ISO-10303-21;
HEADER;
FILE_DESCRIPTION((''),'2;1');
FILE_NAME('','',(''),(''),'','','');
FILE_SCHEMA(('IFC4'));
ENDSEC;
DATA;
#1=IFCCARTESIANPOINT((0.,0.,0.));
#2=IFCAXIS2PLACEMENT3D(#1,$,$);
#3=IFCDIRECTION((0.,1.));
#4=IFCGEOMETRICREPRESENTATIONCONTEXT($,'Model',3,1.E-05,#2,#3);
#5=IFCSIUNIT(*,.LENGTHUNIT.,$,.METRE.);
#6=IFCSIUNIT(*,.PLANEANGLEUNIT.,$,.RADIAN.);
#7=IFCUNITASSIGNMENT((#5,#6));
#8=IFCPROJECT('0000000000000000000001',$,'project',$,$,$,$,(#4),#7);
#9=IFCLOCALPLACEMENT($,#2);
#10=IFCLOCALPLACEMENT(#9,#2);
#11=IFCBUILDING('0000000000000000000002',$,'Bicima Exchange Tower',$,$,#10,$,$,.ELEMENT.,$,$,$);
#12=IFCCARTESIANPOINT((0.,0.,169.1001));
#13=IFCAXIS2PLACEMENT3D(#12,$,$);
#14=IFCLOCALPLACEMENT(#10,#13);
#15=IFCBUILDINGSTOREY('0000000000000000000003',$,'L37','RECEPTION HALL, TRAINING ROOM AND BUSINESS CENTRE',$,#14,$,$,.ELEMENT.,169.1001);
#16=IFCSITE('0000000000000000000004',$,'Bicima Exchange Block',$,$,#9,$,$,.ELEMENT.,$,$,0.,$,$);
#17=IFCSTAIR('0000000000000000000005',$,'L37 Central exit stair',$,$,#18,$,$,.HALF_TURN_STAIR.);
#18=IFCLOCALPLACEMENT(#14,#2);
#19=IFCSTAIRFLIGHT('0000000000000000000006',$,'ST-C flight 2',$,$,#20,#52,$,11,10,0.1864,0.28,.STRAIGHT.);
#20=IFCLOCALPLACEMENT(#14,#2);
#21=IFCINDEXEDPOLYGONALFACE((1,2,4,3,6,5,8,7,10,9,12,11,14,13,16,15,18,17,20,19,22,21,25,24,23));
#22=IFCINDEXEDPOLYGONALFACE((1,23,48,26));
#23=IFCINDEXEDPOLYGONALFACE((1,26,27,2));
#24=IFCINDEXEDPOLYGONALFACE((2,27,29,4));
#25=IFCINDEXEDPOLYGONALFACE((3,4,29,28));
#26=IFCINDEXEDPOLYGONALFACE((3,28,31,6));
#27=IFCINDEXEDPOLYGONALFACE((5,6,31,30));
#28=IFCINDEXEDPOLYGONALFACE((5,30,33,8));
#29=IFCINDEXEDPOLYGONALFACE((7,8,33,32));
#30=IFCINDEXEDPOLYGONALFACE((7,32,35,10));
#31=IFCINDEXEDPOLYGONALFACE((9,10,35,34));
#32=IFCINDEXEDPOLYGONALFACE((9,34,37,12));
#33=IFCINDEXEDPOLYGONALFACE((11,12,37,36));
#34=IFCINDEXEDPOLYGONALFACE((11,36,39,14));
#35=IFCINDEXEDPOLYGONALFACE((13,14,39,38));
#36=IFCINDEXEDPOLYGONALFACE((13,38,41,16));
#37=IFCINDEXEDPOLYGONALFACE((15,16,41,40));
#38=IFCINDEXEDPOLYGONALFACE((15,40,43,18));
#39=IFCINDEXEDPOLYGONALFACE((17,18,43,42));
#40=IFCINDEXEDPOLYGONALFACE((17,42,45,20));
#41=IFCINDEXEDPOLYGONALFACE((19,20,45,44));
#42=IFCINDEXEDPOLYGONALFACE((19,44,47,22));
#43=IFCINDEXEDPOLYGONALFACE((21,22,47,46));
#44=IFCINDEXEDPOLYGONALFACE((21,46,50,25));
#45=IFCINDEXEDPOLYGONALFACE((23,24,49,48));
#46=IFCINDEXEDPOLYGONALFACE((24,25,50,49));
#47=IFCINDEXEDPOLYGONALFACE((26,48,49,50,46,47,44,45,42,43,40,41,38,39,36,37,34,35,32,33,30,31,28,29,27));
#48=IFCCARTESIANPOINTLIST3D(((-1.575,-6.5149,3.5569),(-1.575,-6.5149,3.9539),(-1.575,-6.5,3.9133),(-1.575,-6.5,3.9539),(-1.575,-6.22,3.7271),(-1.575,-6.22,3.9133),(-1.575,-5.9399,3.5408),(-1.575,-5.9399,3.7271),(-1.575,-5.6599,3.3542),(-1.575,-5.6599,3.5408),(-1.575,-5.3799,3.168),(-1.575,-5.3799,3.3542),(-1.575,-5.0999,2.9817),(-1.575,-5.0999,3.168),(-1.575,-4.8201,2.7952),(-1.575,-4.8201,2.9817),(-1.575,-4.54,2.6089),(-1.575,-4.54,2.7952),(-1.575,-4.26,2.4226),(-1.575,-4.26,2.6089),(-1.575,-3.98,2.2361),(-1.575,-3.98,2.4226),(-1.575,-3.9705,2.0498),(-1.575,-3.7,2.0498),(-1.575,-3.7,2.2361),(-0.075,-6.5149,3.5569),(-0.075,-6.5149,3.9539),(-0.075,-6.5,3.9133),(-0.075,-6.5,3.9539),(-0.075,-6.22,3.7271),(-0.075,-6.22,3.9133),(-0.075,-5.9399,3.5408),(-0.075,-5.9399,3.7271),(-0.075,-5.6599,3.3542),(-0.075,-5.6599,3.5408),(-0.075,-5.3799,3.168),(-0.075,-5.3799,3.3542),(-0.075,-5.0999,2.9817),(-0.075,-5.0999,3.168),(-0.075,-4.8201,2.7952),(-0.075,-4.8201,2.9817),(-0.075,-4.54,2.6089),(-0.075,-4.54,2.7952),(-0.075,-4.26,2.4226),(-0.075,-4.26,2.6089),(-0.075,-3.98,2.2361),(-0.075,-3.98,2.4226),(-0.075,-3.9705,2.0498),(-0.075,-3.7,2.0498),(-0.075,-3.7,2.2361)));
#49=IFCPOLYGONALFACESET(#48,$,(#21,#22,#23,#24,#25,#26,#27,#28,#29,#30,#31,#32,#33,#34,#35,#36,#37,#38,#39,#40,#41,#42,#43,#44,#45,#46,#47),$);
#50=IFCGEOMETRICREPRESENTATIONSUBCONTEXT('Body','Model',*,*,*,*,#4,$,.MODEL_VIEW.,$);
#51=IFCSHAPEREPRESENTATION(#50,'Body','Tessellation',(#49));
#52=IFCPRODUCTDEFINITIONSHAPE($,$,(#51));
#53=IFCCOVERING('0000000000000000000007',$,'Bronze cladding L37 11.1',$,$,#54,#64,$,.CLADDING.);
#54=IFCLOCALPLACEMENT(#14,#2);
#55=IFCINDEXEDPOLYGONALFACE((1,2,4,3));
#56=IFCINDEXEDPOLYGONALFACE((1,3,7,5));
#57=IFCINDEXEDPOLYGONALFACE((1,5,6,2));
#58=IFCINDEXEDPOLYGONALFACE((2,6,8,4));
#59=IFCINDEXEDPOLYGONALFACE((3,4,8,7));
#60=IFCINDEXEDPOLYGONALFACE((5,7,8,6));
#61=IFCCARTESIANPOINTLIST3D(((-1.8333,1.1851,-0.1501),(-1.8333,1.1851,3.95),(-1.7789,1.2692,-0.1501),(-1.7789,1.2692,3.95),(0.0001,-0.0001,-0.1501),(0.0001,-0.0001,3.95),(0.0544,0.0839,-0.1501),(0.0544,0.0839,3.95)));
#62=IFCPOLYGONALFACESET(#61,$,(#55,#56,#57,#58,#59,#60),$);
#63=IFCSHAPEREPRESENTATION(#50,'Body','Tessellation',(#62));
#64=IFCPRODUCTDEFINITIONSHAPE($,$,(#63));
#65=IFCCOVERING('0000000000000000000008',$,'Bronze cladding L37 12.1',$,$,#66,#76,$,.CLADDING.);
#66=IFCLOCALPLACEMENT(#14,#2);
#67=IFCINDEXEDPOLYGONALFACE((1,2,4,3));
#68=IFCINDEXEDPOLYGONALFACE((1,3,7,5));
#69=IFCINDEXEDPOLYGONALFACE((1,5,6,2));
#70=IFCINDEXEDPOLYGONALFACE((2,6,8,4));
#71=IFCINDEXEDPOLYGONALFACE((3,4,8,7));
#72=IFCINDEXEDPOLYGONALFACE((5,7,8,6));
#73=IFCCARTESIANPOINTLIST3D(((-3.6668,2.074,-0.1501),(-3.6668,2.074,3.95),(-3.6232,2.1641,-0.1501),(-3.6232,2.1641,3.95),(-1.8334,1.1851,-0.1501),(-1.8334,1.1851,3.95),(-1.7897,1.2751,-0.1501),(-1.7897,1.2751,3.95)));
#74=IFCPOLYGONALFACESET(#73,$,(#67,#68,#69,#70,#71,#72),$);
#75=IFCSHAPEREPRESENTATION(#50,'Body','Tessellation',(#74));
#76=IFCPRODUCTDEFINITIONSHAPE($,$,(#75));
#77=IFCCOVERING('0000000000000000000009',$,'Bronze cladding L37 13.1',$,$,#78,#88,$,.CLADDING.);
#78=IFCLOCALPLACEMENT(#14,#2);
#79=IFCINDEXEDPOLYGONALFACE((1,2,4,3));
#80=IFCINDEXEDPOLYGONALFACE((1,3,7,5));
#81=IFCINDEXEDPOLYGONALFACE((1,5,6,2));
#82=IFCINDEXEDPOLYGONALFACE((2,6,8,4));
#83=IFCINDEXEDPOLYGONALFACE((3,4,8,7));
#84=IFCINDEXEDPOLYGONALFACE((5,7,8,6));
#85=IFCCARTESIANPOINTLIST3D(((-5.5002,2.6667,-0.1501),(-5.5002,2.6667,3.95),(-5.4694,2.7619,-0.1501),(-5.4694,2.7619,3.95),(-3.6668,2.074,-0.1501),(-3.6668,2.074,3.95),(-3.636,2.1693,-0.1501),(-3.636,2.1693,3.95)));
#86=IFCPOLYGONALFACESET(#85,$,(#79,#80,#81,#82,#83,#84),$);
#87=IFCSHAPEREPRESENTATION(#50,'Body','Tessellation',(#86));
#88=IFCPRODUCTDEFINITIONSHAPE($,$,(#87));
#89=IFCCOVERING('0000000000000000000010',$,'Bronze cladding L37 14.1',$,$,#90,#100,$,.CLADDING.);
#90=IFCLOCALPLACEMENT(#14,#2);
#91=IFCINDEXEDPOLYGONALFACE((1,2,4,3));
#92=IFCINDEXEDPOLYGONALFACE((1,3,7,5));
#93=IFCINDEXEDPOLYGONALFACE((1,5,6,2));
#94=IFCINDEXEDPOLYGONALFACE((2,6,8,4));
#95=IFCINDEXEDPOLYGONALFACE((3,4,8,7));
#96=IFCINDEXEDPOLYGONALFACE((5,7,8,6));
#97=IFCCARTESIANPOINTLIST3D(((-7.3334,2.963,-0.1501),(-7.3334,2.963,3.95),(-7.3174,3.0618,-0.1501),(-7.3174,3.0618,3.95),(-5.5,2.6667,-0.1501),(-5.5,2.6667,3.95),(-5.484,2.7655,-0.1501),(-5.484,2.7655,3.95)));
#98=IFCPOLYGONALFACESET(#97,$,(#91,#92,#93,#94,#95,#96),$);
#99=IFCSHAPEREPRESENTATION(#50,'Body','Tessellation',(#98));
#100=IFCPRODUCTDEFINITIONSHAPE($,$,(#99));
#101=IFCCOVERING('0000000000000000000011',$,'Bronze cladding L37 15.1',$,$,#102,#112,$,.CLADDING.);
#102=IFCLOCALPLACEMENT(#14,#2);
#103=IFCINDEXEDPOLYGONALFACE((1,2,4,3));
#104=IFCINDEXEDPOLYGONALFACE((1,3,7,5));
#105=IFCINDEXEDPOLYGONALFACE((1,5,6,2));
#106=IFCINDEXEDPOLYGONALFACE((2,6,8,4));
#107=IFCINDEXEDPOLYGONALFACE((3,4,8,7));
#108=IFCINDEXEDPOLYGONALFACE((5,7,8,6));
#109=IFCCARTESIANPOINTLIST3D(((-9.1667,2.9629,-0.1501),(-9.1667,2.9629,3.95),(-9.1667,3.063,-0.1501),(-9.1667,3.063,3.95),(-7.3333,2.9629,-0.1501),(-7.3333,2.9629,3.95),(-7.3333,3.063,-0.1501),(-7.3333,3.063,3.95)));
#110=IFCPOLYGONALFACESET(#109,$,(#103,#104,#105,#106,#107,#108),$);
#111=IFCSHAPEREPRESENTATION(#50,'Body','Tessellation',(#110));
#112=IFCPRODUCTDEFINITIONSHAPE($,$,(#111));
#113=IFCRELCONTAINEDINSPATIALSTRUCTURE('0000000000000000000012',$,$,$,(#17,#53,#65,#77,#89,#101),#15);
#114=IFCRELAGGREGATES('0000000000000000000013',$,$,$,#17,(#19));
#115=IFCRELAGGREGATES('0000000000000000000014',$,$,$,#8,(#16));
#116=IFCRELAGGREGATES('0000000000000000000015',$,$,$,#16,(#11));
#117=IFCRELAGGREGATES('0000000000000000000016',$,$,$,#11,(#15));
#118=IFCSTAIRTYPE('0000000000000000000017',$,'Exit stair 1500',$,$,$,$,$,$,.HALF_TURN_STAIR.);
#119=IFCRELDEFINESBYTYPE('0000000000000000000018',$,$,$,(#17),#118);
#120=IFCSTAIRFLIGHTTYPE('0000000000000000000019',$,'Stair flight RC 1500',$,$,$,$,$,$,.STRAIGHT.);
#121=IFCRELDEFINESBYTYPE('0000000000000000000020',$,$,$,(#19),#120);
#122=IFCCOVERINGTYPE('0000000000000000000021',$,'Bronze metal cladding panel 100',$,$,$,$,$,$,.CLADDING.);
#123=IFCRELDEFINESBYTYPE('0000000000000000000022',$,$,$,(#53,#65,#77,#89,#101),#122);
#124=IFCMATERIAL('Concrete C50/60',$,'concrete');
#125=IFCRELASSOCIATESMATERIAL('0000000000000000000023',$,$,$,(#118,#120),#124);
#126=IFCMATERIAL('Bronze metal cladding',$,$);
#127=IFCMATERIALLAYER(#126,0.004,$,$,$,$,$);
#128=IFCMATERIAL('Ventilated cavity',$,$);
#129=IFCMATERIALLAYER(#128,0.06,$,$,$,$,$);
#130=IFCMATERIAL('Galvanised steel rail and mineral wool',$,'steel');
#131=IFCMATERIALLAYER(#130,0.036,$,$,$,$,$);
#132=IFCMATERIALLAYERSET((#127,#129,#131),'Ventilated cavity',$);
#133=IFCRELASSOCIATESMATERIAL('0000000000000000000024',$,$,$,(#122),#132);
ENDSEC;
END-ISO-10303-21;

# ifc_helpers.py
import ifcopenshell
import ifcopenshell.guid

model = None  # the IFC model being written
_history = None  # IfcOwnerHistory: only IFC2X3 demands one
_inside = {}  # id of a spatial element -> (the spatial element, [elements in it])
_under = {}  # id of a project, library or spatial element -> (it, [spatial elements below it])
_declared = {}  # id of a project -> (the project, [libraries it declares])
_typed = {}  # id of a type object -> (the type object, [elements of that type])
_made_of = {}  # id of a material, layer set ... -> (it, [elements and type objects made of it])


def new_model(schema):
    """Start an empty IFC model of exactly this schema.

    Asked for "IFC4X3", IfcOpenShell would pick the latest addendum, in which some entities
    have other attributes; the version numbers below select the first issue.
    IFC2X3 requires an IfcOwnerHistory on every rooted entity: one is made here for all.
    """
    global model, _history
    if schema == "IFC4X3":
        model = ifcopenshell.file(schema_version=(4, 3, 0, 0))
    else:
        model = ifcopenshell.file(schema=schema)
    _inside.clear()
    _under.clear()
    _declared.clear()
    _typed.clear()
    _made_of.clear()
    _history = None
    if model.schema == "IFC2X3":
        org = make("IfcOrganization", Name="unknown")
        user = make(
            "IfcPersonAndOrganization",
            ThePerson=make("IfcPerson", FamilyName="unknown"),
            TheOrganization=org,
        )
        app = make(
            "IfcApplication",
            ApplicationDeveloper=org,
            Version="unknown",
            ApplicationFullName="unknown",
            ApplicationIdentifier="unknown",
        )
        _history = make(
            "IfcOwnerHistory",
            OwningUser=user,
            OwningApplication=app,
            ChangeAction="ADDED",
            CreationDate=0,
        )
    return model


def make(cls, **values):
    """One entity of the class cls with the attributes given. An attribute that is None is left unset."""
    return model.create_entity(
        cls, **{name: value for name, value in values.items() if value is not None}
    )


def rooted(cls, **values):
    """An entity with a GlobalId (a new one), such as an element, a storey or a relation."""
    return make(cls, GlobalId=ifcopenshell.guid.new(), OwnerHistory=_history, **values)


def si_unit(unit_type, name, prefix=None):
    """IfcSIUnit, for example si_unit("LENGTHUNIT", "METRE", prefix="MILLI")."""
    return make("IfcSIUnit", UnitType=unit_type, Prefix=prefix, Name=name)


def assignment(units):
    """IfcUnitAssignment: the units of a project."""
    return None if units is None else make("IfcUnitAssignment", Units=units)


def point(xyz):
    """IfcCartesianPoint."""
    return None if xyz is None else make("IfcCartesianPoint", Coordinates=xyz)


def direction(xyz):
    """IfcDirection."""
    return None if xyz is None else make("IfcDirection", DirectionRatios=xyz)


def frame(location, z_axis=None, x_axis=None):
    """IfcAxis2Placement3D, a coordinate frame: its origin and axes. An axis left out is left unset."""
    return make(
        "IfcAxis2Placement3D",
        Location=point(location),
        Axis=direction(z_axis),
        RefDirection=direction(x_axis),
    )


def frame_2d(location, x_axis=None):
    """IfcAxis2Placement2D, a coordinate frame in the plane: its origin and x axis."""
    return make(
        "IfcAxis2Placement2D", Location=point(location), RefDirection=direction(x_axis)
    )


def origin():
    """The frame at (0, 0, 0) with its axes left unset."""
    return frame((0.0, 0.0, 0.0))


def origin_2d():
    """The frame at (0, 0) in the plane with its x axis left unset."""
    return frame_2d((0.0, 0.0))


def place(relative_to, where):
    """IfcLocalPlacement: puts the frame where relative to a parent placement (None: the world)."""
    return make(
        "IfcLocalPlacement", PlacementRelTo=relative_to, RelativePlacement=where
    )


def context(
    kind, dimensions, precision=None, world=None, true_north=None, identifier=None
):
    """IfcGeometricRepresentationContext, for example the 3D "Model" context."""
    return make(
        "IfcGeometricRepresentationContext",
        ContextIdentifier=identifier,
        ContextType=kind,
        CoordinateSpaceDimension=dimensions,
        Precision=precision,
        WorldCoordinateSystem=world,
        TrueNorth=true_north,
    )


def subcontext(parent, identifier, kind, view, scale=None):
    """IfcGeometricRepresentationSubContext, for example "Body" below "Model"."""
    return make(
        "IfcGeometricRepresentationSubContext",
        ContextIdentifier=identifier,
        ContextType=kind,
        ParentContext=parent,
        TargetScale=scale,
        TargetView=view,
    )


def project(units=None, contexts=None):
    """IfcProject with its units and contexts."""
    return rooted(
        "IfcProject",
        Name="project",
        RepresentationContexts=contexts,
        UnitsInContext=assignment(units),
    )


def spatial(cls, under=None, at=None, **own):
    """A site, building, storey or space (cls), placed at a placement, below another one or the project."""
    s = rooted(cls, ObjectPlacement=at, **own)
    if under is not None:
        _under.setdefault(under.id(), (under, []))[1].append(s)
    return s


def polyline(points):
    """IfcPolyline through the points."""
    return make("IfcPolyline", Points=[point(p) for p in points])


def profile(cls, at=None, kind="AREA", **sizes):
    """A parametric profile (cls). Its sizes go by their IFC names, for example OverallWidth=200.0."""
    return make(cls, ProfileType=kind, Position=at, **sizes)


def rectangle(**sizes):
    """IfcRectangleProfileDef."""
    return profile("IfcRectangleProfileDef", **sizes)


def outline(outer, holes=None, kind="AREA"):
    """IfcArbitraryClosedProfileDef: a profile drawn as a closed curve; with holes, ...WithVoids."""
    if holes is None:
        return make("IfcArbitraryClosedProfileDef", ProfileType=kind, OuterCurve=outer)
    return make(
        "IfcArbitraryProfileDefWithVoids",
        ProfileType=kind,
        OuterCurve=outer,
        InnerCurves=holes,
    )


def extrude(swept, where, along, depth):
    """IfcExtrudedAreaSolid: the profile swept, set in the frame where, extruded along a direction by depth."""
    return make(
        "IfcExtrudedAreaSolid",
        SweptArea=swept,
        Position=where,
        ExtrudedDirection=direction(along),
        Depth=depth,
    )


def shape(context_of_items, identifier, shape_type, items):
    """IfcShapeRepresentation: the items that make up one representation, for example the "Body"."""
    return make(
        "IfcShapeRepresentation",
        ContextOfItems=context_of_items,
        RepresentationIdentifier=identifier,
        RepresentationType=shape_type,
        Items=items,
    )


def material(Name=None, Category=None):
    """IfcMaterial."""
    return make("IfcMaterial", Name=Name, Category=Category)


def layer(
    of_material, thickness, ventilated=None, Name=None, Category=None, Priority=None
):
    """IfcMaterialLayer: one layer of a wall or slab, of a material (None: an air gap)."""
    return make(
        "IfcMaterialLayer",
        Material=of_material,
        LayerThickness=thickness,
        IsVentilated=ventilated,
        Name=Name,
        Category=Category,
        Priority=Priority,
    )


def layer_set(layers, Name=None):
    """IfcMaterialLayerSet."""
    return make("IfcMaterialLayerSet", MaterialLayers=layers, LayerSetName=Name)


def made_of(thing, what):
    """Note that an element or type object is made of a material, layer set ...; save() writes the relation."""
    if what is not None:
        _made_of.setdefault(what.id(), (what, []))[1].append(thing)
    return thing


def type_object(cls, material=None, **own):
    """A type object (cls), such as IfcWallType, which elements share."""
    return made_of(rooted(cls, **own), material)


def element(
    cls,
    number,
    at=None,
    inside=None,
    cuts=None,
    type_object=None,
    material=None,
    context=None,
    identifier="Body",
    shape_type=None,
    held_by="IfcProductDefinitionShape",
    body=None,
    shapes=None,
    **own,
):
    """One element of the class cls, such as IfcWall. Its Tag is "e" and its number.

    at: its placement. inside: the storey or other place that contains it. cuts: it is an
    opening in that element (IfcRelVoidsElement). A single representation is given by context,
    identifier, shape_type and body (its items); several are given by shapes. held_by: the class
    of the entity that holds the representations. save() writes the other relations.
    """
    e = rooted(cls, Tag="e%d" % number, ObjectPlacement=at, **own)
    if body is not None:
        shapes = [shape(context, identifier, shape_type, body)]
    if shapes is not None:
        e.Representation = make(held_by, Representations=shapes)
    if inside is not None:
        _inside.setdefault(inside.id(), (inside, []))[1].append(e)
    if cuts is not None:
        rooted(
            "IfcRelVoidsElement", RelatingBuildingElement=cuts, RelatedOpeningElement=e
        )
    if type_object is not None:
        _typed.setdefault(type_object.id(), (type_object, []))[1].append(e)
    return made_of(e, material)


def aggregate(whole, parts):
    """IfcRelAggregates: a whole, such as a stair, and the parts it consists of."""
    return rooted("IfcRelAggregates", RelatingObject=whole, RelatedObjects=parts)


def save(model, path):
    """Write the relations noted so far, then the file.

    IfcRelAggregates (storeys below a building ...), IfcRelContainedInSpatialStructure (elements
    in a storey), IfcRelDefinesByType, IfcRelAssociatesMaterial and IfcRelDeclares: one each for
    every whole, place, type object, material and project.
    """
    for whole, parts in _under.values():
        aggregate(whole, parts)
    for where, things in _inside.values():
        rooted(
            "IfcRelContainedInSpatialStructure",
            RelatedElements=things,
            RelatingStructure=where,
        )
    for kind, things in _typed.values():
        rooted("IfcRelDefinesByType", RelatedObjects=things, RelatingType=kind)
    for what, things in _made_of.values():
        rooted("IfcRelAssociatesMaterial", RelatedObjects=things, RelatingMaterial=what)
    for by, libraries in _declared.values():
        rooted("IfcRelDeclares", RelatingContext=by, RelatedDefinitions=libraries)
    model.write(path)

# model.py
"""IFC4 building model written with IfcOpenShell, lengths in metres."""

from ifc_helpers import new_model, si_unit, direction, frame, origin, origin_2d, place, context, subcontext, project, spatial, polyline, rectangle, outline, extrude, material, layer, layer_set, type_object, element, aggregate, save


model = new_model("IFC4")

# Units and contexts
model_context = context("Model", 3, precision=1e-05, world=origin(), true_north=direction((0.0, 1.0)))
body_context = subcontext(model_context, "Body", "Model", "MODEL_VIEW")
ifc_project = project(units=[si_unit("LENGTHUNIT", "METRE"), si_unit("PLANEANGLEUNIT", "RADIAN")], contexts=[model_context])

# Site, building, storey
site_placement = place(None, origin())
site = spatial("IfcSite", under=ifc_project, at=site_placement, Name="Bicima Exchange Block", CompositionType="ELEMENT", RefElevation=0.0)
building_placement = place(site_placement, origin())
building = spatial("IfcBuilding", under=site, at=building_placement, Name="Bicima Exchange Tower", CompositionType="ELEMENT")
storey_placement = place(building_placement, frame((0.0, 0.0, 169.1001)))
storey = spatial("IfcBuildingStorey", under=building, at=storey_placement, Name="L37", Description="RECEPTION HALL, TRAINING ROOM AND BUSINESS CENTRE", CompositionType="ELEMENT", Elevation=169.1001)

# Shared definitions
ifc_material_1 = material(Name="Concrete C50/60", Category="concrete")

# Stair, stair flight
stair_type_1 = type_object("IfcStairType", Name="Exit stair 1500", PredefinedType="HALF_TURN_STAIR", material=ifc_material_1)
stair_1_placement = place(storey_placement, origin())
stair_1 = element("IfcStair", 1, at=stair_1_placement, inside=storey, type_object=stair_type_1, Name="L37 Central exit stair", PredefinedType="HALF_TURN_STAIR")
stair_flight_type = type_object("IfcStairFlightType", Name="Stair flight RC 1500", PredefinedType="STRAIGHT", material=ifc_material_1)
stair_flight_placement = place(storey_placement, frame((-0.825, -3.7, 2.0498), z_axis=(0.0, 0.0, 1.0), x_axis=(0.0, -1.0, 0.0)))
stair_flight = element("IfcStairFlight", 2, at=stair_flight_placement, type_object=stair_flight_type, Name="ST-C flight 2", NumberOfRisers=11, NumberOfTreads=10, PredefinedType="STRAIGHT", RiserHeight=0.1864, TreadLength=0.28, context=body_context, shape_type="SweptSolid", body=[
    extrude(outline(polyline([(0.0, 0.0), (0.0, 0.1863), (0.28, 0.1863), (0.28, 0.3728), (0.5601, 0.3728), (0.5601, 0.5591), (0.8401, 0.5591), (0.8401, 0.7454), (1.1201, 0.7454), (1.1201, 0.9319), (1.3999, 0.9319), (1.3999, 1.1182), (1.6799, 1.1182), (1.6799, 1.3044), (1.96, 1.3044), (1.96, 1.491), (2.24, 1.491), (2.24, 1.6772), (2.52, 1.6772), (2.52, 1.8635), (2.8, 1.8635), (2.8, 1.9041), (2.8149, 1.9041), (2.8149, 1.5071), (0.2705, 0.0), (0.0, 0.0)])), frame((0.0, 0.75, 0.0), z_axis=(0.0, -1.0, 0.0), x_axis=(1.0, 0.0, 0.0)), (0.0, 0.0, 1.0), 1.5),
])
aggregate(stair_1, [stair_flight])

# Coverings
ifc_material_2 = material(Name="Bronze metal cladding")
ifc_layer_1 = layer(ifc_material_2, 0.004)
ifc_material_3 = material(Name="Ventilated cavity")
ifc_layer_2 = layer(ifc_material_3, 0.06)
ifc_material_4 = material(Name="Galvanised steel rail and mineral wool", Category="steel")
ifc_layer_3 = layer(ifc_material_4, 0.036)
ifc_layer_set_1 = layer_set([ifc_layer_1, ifc_layer_2, ifc_layer_3], Name="Ventilated cavity")
covering_type = type_object("IfcCoveringType", Name="Bronze metal cladding panel 100", PredefinedType="CLADDING", material=ifc_layer_set_1)
covering_1_placement = place(storey_placement, frame((-0.8894, 0.6345, -0.1501), z_axis=(0.0, 0.0, 1.0), x_axis=(-0.83979, 0.542911, 0.0)))
element("IfcCovering", 3, at=covering_1_placement, inside=storey, type_object=covering_type, Name="Bronze cladding L37 11.1", PredefinedType="CLADDING", context=body_context, shape_type="SweptSolid", body=[
    extrude(rectangle(XDim=2.1831, YDim=0.1001, at=origin_2d()), origin(), (0.0, 0.0, 1.0), 4.1001),
])
covering_2_placement = place(storey_placement, frame((-2.7283, 1.6746, -0.1501), z_axis=(0.0, 0.0, 1.0), x_axis=(-0.899818, 0.436265, 0.0)))
element("IfcCovering", 4, at=covering_2_placement, inside=storey, type_object=covering_type, Name="Bronze cladding L37 12.1", PredefinedType="CLADDING", context=body_context, shape_type="SweptSolid", body=[
    extrude(rectangle(XDim=2.0376, YDim=0.1001, at=origin_2d()), origin(), (0.0, 0.0, 1.0), 4.1001),
])
covering_3_placement = place(storey_placement, frame((-4.5681, 2.418, -0.1501), z_axis=(0.0, 0.0, 1.0), x_axis=(-0.951525, 0.307573, 0.0)))
element("IfcCovering", 5, at=covering_3_placement, inside=storey, type_object=covering_type, Name="Bronze cladding L37 13.1", PredefinedType="CLADDING", context=body_context, shape_type="SweptSolid", body=[
    extrude(rectangle(XDim=1.9268, YDim=0.1001, at=origin_2d()), origin(), (0.0, 0.0, 1.0), 4.1001),
])
covering_4_placement = place(storey_placement, frame((-6.4087, 2.8643, -0.1501), z_axis=(0.0, 0.0, 1.0), x_axis=(-0.98719, 0.15955, 0.0)))
element("IfcCovering", 6, at=covering_4_placement, inside=storey, type_object=covering_type, Name="Bronze cladding L37 14.1", PredefinedType="CLADDING", context=body_context, shape_type="SweptSolid", body=[
    extrude(rectangle(XDim=1.8572, YDim=0.1001, at=origin_2d()), origin(), (0.0, 0.0, 1.0), 4.1001),
])
covering_5_placement = place(storey_placement, frame((-8.25, 3.0129, -0.1501), z_axis=(0.0, 0.0, 1.0), x_axis=(-1.0, 0.0, 0.0)))
element("IfcCovering", 7, at=covering_5_placement, inside=storey, type_object=covering_type, Name="Bronze cladding L37 15.1", PredefinedType="CLADDING", context=body_context, shape_type="SweptSolid", body=[
    extrude(rectangle(XDim=1.8335, YDim=0.1001, at=origin_2d()), origin(), (0.0, 0.0, 1.0), 4.1001),
])

save(model, "model.ifc")
